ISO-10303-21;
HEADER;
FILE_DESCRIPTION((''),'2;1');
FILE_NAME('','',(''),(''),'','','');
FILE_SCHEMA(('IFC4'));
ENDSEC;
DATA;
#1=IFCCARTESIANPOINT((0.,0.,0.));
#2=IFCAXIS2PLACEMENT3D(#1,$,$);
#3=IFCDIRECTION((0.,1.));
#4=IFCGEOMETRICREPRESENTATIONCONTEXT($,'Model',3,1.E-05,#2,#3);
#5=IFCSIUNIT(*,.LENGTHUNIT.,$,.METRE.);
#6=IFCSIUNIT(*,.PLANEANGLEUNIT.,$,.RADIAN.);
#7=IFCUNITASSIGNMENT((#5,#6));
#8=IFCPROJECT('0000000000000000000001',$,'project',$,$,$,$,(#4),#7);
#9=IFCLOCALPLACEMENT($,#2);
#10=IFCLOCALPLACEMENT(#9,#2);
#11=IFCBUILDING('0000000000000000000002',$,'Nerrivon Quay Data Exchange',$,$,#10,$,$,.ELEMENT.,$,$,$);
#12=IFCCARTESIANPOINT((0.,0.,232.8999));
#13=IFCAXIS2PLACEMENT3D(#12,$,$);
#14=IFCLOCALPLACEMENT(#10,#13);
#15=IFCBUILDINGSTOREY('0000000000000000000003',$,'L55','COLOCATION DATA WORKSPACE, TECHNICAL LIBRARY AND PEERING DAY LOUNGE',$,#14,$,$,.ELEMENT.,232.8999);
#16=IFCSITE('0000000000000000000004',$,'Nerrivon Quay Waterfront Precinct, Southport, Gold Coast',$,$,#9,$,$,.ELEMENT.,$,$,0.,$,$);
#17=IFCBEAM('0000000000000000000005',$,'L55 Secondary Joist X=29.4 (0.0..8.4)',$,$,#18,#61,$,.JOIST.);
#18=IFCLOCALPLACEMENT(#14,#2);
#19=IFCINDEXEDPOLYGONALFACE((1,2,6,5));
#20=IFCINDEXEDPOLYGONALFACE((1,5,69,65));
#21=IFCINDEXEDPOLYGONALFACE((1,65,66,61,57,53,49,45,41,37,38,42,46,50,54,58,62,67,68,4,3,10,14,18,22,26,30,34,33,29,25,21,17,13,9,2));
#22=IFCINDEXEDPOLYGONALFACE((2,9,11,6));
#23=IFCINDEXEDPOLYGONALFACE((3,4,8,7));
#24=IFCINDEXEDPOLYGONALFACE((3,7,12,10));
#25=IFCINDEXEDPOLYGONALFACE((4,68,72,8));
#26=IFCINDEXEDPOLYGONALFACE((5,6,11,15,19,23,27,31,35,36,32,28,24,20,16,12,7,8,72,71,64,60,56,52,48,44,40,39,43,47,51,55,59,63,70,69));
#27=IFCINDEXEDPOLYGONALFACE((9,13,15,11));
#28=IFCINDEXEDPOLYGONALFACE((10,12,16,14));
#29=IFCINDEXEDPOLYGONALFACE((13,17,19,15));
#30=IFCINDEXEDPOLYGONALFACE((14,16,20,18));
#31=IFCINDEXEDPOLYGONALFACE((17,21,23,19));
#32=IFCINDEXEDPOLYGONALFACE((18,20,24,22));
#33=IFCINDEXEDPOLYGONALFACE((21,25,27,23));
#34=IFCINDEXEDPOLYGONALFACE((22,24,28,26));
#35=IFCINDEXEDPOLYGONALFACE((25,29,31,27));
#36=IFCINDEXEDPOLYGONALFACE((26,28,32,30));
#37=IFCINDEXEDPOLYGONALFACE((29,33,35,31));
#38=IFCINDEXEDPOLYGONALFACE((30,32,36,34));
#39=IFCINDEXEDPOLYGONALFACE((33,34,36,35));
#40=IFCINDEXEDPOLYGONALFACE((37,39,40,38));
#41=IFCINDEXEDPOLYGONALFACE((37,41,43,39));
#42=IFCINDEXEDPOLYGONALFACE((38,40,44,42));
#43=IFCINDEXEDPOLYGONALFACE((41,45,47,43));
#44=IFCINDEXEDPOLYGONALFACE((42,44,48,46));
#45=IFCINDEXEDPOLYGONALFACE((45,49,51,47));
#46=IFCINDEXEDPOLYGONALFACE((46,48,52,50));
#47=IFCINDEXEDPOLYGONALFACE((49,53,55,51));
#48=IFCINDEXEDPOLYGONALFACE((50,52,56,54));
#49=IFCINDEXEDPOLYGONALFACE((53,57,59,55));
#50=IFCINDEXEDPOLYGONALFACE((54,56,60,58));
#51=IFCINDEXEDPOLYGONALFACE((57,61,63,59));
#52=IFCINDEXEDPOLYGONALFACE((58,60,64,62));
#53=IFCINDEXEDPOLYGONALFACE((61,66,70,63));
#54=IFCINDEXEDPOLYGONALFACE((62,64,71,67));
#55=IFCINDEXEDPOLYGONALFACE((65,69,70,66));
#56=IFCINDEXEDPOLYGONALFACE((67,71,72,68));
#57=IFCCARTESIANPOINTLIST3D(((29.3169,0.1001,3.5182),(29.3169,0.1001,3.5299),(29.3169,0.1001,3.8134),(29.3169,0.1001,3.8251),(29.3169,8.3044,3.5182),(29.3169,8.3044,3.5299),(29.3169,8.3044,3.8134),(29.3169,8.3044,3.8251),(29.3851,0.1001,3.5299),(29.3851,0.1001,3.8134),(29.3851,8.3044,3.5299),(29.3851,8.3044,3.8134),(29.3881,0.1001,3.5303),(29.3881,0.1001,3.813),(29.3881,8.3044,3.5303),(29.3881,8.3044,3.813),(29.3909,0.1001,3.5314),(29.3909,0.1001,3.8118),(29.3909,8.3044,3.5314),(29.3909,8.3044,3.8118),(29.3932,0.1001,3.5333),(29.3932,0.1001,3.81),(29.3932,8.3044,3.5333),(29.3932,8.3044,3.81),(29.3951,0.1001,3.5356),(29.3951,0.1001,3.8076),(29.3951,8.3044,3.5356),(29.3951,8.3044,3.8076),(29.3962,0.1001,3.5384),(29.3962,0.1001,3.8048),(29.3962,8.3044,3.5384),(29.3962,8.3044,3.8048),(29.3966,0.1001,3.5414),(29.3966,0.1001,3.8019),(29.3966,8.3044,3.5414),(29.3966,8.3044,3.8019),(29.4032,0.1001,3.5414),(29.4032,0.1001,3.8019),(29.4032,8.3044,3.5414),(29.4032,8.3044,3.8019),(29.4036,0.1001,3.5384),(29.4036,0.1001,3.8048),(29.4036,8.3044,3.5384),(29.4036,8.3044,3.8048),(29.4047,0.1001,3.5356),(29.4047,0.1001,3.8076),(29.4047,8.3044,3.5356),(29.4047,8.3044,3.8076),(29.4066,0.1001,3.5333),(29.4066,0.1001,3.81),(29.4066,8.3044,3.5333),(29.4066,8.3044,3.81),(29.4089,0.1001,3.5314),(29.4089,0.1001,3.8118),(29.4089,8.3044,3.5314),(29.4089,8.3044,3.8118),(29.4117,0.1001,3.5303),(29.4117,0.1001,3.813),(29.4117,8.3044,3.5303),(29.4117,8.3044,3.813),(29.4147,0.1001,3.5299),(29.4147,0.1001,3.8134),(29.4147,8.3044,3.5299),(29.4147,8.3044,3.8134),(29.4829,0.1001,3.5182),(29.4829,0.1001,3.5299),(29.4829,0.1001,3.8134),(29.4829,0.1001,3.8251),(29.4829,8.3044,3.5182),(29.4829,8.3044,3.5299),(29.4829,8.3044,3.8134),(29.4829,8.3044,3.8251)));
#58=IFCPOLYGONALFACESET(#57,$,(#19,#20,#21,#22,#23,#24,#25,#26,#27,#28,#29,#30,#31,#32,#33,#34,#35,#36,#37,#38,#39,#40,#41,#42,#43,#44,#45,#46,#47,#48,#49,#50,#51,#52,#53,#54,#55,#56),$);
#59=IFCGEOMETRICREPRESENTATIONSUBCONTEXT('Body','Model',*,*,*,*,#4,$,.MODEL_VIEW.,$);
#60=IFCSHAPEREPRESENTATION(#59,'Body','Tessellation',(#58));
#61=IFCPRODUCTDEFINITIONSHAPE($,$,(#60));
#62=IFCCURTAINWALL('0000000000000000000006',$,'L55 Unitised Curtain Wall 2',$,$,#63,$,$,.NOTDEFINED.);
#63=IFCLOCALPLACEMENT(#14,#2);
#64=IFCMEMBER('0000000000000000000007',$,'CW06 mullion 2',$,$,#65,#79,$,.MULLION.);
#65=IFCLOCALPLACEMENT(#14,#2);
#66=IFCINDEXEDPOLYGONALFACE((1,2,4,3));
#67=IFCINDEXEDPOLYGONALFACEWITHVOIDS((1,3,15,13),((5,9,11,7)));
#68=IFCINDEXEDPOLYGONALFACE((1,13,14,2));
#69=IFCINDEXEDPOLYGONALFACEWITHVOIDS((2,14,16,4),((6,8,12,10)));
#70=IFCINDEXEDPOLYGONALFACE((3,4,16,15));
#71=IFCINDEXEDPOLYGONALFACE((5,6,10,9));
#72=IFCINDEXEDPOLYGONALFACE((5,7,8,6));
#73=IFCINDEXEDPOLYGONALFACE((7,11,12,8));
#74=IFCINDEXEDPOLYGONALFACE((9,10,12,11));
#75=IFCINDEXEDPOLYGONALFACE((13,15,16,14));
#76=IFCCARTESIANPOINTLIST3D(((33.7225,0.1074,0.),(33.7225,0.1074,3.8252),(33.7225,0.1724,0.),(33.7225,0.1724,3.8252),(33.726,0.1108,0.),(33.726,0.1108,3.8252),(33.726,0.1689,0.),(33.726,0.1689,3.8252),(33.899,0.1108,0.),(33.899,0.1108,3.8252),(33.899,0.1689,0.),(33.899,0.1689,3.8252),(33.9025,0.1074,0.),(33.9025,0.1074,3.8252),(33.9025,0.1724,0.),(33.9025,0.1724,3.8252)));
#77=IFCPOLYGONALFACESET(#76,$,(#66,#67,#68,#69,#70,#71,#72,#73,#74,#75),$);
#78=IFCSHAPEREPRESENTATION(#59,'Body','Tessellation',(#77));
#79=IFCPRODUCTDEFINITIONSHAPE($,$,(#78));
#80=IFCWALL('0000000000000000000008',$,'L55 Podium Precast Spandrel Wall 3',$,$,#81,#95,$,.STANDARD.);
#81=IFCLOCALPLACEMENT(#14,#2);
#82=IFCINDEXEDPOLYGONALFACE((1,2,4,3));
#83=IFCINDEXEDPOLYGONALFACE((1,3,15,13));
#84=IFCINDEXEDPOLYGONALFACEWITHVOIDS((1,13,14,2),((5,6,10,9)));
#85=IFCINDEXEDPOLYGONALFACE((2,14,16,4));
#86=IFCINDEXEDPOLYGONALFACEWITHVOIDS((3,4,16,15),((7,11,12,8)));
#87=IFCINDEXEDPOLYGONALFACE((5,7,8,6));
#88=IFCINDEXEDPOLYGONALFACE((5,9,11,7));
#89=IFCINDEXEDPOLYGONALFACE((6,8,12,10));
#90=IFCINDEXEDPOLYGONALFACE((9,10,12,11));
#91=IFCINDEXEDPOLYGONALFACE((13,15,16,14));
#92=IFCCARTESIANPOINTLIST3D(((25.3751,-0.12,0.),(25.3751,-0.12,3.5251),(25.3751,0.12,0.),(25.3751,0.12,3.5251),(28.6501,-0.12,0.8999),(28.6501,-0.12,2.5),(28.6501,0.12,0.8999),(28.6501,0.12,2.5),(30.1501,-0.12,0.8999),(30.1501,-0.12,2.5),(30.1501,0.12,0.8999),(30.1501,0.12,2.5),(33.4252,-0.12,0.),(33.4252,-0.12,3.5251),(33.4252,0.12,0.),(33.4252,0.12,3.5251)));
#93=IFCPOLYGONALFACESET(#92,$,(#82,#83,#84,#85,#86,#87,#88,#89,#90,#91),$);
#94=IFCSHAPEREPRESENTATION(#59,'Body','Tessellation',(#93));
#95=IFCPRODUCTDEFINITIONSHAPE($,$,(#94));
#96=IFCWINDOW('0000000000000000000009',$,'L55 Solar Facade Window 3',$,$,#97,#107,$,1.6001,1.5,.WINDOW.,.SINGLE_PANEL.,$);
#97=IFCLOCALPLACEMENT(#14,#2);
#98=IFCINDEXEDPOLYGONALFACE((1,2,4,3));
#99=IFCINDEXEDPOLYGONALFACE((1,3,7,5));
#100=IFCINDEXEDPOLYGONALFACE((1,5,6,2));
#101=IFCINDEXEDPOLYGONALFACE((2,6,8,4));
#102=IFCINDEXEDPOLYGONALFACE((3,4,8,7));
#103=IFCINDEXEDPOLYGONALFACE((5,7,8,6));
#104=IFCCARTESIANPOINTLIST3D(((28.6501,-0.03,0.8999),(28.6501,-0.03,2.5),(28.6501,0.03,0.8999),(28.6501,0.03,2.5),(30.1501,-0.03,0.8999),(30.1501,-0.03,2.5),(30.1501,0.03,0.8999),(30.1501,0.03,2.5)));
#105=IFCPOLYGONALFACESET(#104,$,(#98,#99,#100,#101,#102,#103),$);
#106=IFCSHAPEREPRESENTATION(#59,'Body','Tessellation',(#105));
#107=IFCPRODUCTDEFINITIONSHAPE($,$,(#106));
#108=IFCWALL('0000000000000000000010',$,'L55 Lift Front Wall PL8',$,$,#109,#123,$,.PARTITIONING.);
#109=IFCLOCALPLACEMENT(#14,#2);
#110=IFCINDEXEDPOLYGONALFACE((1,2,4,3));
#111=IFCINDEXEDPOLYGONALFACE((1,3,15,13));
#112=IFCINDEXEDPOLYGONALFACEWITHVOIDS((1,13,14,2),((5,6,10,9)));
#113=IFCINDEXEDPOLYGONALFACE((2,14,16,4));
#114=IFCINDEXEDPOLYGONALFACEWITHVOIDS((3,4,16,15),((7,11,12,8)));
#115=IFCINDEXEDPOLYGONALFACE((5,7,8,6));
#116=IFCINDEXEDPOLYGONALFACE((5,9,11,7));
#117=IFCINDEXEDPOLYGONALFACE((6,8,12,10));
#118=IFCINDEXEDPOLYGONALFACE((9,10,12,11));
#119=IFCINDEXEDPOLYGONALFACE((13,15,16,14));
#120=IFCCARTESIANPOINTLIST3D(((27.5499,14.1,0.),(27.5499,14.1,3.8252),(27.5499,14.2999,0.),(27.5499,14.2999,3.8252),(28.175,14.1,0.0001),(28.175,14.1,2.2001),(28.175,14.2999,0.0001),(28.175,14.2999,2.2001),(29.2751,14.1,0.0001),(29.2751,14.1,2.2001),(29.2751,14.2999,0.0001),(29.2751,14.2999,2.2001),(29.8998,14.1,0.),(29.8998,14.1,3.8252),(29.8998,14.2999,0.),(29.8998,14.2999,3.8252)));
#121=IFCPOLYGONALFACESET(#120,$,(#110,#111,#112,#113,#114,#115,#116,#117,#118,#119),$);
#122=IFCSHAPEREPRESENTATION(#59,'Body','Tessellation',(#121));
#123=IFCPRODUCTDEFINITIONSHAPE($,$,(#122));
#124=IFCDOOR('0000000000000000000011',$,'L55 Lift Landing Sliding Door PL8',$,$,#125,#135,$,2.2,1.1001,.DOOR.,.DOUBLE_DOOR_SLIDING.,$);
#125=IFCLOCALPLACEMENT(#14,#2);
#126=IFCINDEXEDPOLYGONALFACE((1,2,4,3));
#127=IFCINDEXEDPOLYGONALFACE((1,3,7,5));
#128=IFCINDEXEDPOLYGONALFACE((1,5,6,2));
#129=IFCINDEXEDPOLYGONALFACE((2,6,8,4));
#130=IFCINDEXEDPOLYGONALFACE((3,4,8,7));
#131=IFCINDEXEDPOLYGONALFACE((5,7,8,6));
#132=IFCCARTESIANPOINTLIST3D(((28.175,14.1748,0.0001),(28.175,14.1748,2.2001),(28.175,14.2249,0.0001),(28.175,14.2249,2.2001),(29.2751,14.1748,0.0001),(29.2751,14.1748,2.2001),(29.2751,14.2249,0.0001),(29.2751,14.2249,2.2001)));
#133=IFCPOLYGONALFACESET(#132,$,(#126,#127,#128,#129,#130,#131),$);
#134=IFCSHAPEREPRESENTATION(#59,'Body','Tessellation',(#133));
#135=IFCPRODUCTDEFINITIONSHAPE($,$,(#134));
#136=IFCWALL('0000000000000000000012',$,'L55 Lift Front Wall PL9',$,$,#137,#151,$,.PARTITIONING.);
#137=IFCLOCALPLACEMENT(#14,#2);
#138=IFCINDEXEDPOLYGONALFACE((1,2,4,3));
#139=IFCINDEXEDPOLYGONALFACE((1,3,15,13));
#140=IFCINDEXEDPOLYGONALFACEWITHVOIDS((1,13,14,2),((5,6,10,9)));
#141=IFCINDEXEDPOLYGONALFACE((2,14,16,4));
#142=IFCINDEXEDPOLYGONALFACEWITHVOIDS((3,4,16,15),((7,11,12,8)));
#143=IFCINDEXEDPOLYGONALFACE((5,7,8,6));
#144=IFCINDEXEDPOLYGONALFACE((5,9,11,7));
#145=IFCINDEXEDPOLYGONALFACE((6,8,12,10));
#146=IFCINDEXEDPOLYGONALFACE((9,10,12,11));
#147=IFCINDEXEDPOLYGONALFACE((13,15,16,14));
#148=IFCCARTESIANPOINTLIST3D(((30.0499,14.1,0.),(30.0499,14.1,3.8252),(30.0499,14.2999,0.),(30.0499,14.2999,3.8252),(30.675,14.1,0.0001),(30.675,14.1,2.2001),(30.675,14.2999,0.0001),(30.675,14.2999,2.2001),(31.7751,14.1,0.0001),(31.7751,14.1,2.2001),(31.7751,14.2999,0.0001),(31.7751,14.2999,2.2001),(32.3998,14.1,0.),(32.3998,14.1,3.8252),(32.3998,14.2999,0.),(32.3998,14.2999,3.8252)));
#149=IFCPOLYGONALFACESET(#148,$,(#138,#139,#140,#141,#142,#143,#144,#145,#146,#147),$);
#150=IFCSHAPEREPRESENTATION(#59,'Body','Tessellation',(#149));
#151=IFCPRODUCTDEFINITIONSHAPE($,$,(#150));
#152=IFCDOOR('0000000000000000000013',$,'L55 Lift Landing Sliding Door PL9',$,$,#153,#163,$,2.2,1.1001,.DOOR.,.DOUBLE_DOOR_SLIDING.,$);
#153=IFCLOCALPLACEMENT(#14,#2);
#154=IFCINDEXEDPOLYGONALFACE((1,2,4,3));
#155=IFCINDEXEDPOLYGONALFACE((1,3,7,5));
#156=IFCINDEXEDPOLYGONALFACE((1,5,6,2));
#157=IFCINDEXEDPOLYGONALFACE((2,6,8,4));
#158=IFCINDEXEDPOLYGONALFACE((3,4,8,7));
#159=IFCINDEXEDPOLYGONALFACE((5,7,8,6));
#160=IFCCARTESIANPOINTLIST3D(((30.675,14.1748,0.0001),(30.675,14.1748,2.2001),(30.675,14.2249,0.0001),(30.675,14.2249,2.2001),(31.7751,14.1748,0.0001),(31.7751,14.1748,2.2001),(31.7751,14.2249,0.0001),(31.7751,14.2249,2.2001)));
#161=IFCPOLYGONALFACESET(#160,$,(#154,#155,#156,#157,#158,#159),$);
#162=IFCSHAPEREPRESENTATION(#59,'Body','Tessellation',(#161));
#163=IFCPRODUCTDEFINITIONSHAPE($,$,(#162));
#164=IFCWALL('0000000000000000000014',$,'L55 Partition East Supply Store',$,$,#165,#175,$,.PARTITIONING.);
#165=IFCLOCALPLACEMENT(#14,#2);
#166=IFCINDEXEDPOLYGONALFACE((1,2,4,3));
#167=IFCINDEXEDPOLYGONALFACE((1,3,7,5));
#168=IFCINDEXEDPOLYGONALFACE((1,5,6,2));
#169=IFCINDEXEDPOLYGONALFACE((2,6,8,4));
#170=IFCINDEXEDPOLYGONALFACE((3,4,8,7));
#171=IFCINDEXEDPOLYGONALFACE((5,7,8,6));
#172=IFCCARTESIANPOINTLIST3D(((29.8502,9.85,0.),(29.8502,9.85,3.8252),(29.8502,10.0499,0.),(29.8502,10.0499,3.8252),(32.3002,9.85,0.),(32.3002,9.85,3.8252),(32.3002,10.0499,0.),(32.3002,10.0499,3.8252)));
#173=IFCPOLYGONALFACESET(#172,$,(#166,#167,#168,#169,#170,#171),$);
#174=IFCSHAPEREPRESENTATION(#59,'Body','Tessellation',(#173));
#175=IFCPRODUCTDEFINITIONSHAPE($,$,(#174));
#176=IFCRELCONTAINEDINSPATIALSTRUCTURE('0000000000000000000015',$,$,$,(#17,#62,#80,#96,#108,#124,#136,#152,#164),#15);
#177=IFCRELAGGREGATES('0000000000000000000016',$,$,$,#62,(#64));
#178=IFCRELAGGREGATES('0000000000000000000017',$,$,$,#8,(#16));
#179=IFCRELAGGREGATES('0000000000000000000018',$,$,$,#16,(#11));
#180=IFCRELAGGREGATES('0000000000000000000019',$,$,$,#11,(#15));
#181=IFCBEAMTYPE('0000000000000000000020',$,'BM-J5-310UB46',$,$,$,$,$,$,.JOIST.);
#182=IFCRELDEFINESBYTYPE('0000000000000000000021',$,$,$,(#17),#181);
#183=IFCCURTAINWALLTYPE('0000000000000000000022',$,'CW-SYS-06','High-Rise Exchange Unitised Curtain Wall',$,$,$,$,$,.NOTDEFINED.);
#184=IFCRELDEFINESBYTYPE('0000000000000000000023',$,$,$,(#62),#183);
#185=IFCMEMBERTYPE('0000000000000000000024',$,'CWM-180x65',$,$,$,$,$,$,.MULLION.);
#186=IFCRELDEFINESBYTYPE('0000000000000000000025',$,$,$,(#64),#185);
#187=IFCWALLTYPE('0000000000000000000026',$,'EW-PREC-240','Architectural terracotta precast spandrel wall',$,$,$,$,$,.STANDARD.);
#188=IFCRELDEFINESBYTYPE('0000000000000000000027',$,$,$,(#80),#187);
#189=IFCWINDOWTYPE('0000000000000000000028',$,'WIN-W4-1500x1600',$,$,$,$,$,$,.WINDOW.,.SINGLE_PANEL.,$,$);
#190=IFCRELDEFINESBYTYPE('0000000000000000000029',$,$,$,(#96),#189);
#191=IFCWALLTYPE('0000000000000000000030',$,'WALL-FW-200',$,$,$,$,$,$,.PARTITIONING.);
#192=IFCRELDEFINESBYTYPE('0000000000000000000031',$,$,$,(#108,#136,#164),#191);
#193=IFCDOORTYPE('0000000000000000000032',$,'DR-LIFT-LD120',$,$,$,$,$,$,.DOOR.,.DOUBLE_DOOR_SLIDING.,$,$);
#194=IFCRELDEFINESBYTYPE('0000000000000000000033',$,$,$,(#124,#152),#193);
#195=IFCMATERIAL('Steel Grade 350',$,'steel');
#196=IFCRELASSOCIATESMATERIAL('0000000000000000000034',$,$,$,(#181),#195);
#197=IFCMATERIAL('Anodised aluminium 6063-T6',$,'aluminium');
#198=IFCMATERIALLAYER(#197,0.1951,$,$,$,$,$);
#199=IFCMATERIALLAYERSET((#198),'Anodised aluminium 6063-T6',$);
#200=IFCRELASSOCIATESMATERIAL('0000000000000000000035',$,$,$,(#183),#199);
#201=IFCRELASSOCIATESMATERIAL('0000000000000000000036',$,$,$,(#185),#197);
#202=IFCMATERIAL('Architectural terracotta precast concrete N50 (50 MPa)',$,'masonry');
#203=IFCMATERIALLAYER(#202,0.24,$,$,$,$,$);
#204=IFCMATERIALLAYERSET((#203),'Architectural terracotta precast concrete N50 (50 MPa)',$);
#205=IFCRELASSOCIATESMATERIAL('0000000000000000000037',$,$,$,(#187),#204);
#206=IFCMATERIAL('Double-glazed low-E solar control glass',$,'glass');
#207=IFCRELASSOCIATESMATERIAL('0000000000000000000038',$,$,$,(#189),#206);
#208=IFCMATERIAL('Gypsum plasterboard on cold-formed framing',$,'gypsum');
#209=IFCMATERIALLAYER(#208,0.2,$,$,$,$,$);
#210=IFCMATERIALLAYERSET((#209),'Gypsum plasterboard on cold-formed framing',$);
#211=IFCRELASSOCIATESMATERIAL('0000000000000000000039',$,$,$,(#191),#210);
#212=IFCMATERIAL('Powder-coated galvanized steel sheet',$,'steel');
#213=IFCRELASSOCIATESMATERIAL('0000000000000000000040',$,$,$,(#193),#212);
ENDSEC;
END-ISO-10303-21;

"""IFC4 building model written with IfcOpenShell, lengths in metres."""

from ifc_helpers import new_model, si_unit, direction, frame, frame_2d, origin, origin_2d, place, context, subcontext, project, spatial, rectangle, hollow_rectangle, i_section, extrude, material, layer, layer_set, material_profile, profile_set, type_object, element, fill, aggregate, save


model = new_model("IFC4")

# Units and contexts
model_context = context("Model", 3, precision=1e-05, world=origin(), true_north=direction((0.0, 1.0)))
body_context = subcontext(model_context, "Body", "Model", "MODEL_VIEW")
ifc_project = project(units=[si_unit("LENGTHUNIT", "METRE"), si_unit("PLANEANGLEUNIT", "RADIAN")], contexts=[model_context])

# Site, building, storey
site_placement = place(None, origin())
site = spatial("IfcSite", under=ifc_project, at=site_placement, Name="Nerrivon Quay Waterfront Precinct, Southport, Gold Coast", CompositionType="ELEMENT", RefElevation=0.0)
building_placement = place(site_placement, origin())
building = spatial("IfcBuilding", under=site, at=building_placement, Name="Nerrivon Quay Data Exchange", CompositionType="ELEMENT")
storey_placement = place(building_placement, frame((0.0, 0.0, 232.8999)))
storey = spatial("IfcBuildingStorey", under=building, at=storey_placement, Name="L55", Description="COLOCATION DATA WORKSPACE, TECHNICAL LIBRARY AND PEERING DAY LOUNGE", CompositionType="ELEMENT", Elevation=232.8999)

# Shared definitions
ifc_material_1 = material(Name="Steel Grade 350", Category="steel")

# Beam
ifc_material_profile_1 = material_profile(ifc_material_1, i_section(OverallWidth=0.166, OverallDepth=0.3069, WebThickness=0.0066, FlangeThickness=0.0117, FilletRadius=0.0115, at=origin_2d()), Name="310UB46.2")
ifc_profile_set_1 = profile_set([ifc_material_profile_1], Name="Steel Grade 350")
beam_type_1 = type_object("IfcBeamType", Name="BM-J5-310UB46", PredefinedType="JOIST", material=ifc_profile_set_1)
beam_1_placement = place(storey_placement, frame((29.3999, 0.1001, 3.6716), z_axis=(0.0, 1.0, 0.0), x_axis=(-1.0, 0.0, 0.0)))
element("IfcBeam", 1, at=beam_1_placement, inside=storey, type_object=beam_type_1, Name="L55 Secondary Joist X=29.4 (0.0..8.4)", PredefinedType="JOIST", context=body_context, shape_type="SweptSolid", body=[
    extrude(i_section(OverallWidth=0.166, OverallDepth=0.3069, WebThickness=0.0066, FlangeThickness=0.0117, FilletRadius=0.0115, at=origin_2d()), origin(), (0.0, 0.0, 1.0), 8.2043),
])

# Curtain wall, member
ifc_material_2 = material(Name="Anodised aluminium 6063-T6", Category="aluminium")
ifc_layer_1 = layer(ifc_material_2, 0.1951)
ifc_layer_set_1 = layer_set([ifc_layer_1], Name="Anodised aluminium 6063-T6")
curtain_wall_type = type_object("IfcCurtainWallType", Name="CW-SYS-06", Description="High-Rise Exchange Unitised Curtain Wall", PredefinedType="NOTDEFINED", material=ifc_layer_set_1)
curtain_wall_placement = place(storey_placement, origin())
curtain_wall = element("IfcCurtainWall", 2, at=curtain_wall_placement, inside=storey, type_object=curtain_wall_type, Name="L55 Unitised Curtain Wall 2", PredefinedType="NOTDEFINED")
ifc_material_profile_2 = material_profile(ifc_material_2, hollow_rectangle(XDim=0.0649, YDim=0.1799, WallThickness=0.0034, at=origin_2d()), Name="ALU-MULL-180x65")
ifc_profile_set_2 = profile_set([ifc_material_profile_2], Name="Anodised aluminium 6063-T6")
member_type = type_object("IfcMemberType", Name="CWM-180x65", PredefinedType="MULLION", material=ifc_profile_set_2)
member_placement = place(storey_placement, frame((33.8125, 0.1399, 0.0), z_axis=(0.0, 0.0, 1.0), x_axis=(0.0, -1.0, 0.0)))
member = element("IfcMember", 3, at=member_placement, type_object=member_type, Name="CW06 mullion 2", PredefinedType="MULLION", context=body_context, shape_type="SweptSolid", body=[
    extrude(hollow_rectangle(XDim=0.0649, YDim=0.1799, WallThickness=0.0034, at=origin_2d()), origin(), (0.0, 0.0, 1.0), 3.8252),
])
aggregate(curtain_wall, [member])

# Wall, opening, window
ifc_material_3 = material(Name="Architectural terracotta precast concrete N50 (50 MPa)", Category="masonry")
ifc_layer_2 = layer(ifc_material_3, 0.24)
ifc_layer_set_2 = layer_set([ifc_layer_2], Name="Architectural terracotta precast concrete N50 (50 MPa)")
wall_type_1 = type_object("IfcWallType", Name="EW-PREC-240", Description="Architectural terracotta precast spandrel wall", PredefinedType="STANDARD", material=ifc_layer_set_2)
wall_1_placement = place(storey_placement, frame((33.425, 0.0, 0.0), z_axis=(0.0, 0.0, 1.0), x_axis=(-1.0, 0.0, 0.0)))
wall_1 = element("IfcWall", 4, at=wall_1_placement, inside=storey, type_object=wall_type_1, Name="L55 Podium Precast Spandrel Wall 3", PredefinedType="STANDARD", context=body_context, shape_type="SweptSolid", body=[
    extrude(rectangle(XDim=8.05, YDim=0.24, at=frame_2d((4.0249, 0.0))), origin(), (0.0, 0.0, 1.0), 3.5251),
])
opening_1_placement = place(wall_1_placement, frame((3.2749, 0.0, 0.8999)))
opening_1 = element("IfcOpeningElement", 5, at=opening_1_placement, cuts=wall_1, PredefinedType="OPENING", context=body_context, shape_type="SweptSolid", body=[
    extrude(rectangle(XDim=1.5, YDim=1.6001, at=frame_2d((0.75, 0.8))), frame((0.0, 0.1299, 0.0), z_axis=(0.0, -1.0, 0.0), x_axis=(1.0, 0.0, 0.0)), (0.0, 0.0, 1.0), 0.26),
])
ifc_material_4 = material(Name="Double-glazed low-E solar control glass", Category="glass")
window_type = type_object("IfcWindowType", Name="WIN-W4-1500x1600", PartitioningType="SINGLE_PANEL", PredefinedType="WINDOW", material=ifc_material_4)
window_placement = place(opening_1_placement, origin())
window = element("IfcWindow", 6, at=window_placement, inside=storey, type_object=window_type, Name="L55 Solar Facade Window 3", OverallHeight=1.6001, OverallWidth=1.5, PartitioningType="SINGLE_PANEL", PredefinedType="WINDOW", context=body_context, shape_type="SweptSolid", body=[
    extrude(rectangle(XDim=1.5, YDim=1.6001, at=frame_2d((0.75, 0.8))), frame((0.0, 0.03, 0.0), z_axis=(0.0, -1.0, 0.0), x_axis=(1.0, 0.0, 0.0)), (0.0, 0.0, 1.0), 0.0601),
])
fill(opening_1, window)

# Walls, openings, doors
ifc_material_5 = material(Name="Powder-coated galvanized steel sheet", Category="steel")
ifc_material_6 = material(Name="Gypsum plasterboard on cold-formed framing", Category="gypsum")
ifc_layer_3 = layer(ifc_material_6, 0.2)
ifc_layer_set_3 = layer_set([ifc_layer_3], Name="Gypsum plasterboard on cold-formed framing")
wall_type_2 = type_object("IfcWallType", Name="WALL-FW-200", PredefinedType="PARTITIONING", material=ifc_layer_set_3)
wall_2_placement = place(storey_placement, frame((27.55, 14.2, 0.0), z_axis=(0.0, 0.0, 1.0), x_axis=(1.0, 0.0, 0.0)))
wall_2 = element("IfcWall", 7, at=wall_2_placement, inside=storey, type_object=wall_type_2, Name="L55 Lift Front Wall PL8", PredefinedType="PARTITIONING", context=body_context, shape_type="SweptSolid", body=[
    extrude(rectangle(XDim=2.3499, YDim=0.2, at=frame_2d((1.1748, 0.0))), origin(), (0.0, 0.0, 1.0), 3.8252),
])
opening_2_placement = place(wall_2_placement, frame((0.625, 0.0, 0.0)))
opening_2 = element("IfcOpeningElement", 8, at=opening_2_placement, cuts=wall_2, PredefinedType="OPENING", context=body_context, shape_type="SweptSolid", body=[
    extrude(rectangle(XDim=1.1001, YDim=2.2, at=frame_2d((0.55, 1.1001))), frame((0.0, 0.1099, 0.0), z_axis=(0.0, -1.0, 0.0), x_axis=(1.0, 0.0, 0.0)), (0.0, 0.0, 1.0), 0.22),
])
door_type_1 = type_object("IfcDoorType", Name="DR-LIFT-LD120", OperationType="DOUBLE_DOOR_SLIDING", PredefinedType="DOOR", material=ifc_material_5)
door_1_placement = place(opening_2_placement, origin())
door_1 = element("IfcDoor", 9, at=door_1_placement, inside=storey, type_object=door_type_1, Name="L55 Lift Landing Sliding Door PL8", OperationType="DOUBLE_DOOR_SLIDING", OverallHeight=2.2, OverallWidth=1.1001, PredefinedType="DOOR", context=body_context, shape_type="SweptSolid", body=[
    extrude(rectangle(XDim=1.1001, YDim=2.2, at=frame_2d((0.55, 1.1001))), frame((0.0, 0.0249, 0.0), z_axis=(0.0, -1.0, 0.0), x_axis=(1.0, 0.0, 0.0)), (0.0, 0.0, 1.0), 0.05),
])
fill(opening_2, door_1)
wall_3_placement = place(storey_placement, frame((30.05, 14.2, 0.0), z_axis=(0.0, 0.0, 1.0), x_axis=(1.0, 0.0, 0.0)))
wall_3 = element("IfcWall", 10, at=wall_3_placement, inside=storey, type_object=wall_type_2, Name="L55 Lift Front Wall PL9", PredefinedType="PARTITIONING", context=body_context, shape_type="SweptSolid", body=[
    extrude(rectangle(XDim=2.3499, YDim=0.2, at=frame_2d((1.1748, 0.0))), origin(), (0.0, 0.0, 1.0), 3.8252),
])
opening_3_placement = place(wall_3_placement, frame((0.625, 0.0, 0.0)))
opening_3 = element("IfcOpeningElement", 11, at=opening_3_placement, cuts=wall_3, PredefinedType="OPENING", context=body_context, shape_type="SweptSolid", body=[
    extrude(rectangle(XDim=1.1001, YDim=2.2, at=frame_2d((0.55, 1.1001))), frame((0.0, 0.1099, 0.0), z_axis=(0.0, -1.0, 0.0), x_axis=(1.0, 0.0, 0.0)), (0.0, 0.0, 1.0), 0.22),
])
door_2_placement = place(opening_3_placement, origin())
door_2 = element("IfcDoor", 12, at=door_2_placement, inside=storey, type_object=door_type_1, Name="L55 Lift Landing Sliding Door PL9", OperationType="DOUBLE_DOOR_SLIDING", OverallHeight=2.2, OverallWidth=1.1001, PredefinedType="DOOR", context=body_context, shape_type="SweptSolid", body=[
    extrude(rectangle(XDim=1.1001, YDim=2.2, at=frame_2d((0.55, 1.1001))), frame((0.0, 0.0249, 0.0), z_axis=(0.0, -1.0, 0.0), x_axis=(1.0, 0.0, 0.0)), (0.0, 0.0, 1.0), 0.05),
])
fill(opening_3, door_2)

# Wall
wall_4_placement = place(storey_placement, frame((29.8501, 9.95, 0.0), z_axis=(0.0, 0.0, 1.0), x_axis=(1.0, 0.0, 0.0)))
element("IfcWall", 13, at=wall_4_placement, inside=storey, type_object=wall_type_2, Name="L55 Partition East Supply Store", PredefinedType="PARTITIONING", context=body_context, shape_type="SweptSolid", body=[
    extrude(rectangle(XDim=2.45, YDim=0.2, at=frame_2d((1.2251, 0.0))), origin(), (0.0, 0.0, 1.0), 3.8252),
])

save(model, "model.ifc")
